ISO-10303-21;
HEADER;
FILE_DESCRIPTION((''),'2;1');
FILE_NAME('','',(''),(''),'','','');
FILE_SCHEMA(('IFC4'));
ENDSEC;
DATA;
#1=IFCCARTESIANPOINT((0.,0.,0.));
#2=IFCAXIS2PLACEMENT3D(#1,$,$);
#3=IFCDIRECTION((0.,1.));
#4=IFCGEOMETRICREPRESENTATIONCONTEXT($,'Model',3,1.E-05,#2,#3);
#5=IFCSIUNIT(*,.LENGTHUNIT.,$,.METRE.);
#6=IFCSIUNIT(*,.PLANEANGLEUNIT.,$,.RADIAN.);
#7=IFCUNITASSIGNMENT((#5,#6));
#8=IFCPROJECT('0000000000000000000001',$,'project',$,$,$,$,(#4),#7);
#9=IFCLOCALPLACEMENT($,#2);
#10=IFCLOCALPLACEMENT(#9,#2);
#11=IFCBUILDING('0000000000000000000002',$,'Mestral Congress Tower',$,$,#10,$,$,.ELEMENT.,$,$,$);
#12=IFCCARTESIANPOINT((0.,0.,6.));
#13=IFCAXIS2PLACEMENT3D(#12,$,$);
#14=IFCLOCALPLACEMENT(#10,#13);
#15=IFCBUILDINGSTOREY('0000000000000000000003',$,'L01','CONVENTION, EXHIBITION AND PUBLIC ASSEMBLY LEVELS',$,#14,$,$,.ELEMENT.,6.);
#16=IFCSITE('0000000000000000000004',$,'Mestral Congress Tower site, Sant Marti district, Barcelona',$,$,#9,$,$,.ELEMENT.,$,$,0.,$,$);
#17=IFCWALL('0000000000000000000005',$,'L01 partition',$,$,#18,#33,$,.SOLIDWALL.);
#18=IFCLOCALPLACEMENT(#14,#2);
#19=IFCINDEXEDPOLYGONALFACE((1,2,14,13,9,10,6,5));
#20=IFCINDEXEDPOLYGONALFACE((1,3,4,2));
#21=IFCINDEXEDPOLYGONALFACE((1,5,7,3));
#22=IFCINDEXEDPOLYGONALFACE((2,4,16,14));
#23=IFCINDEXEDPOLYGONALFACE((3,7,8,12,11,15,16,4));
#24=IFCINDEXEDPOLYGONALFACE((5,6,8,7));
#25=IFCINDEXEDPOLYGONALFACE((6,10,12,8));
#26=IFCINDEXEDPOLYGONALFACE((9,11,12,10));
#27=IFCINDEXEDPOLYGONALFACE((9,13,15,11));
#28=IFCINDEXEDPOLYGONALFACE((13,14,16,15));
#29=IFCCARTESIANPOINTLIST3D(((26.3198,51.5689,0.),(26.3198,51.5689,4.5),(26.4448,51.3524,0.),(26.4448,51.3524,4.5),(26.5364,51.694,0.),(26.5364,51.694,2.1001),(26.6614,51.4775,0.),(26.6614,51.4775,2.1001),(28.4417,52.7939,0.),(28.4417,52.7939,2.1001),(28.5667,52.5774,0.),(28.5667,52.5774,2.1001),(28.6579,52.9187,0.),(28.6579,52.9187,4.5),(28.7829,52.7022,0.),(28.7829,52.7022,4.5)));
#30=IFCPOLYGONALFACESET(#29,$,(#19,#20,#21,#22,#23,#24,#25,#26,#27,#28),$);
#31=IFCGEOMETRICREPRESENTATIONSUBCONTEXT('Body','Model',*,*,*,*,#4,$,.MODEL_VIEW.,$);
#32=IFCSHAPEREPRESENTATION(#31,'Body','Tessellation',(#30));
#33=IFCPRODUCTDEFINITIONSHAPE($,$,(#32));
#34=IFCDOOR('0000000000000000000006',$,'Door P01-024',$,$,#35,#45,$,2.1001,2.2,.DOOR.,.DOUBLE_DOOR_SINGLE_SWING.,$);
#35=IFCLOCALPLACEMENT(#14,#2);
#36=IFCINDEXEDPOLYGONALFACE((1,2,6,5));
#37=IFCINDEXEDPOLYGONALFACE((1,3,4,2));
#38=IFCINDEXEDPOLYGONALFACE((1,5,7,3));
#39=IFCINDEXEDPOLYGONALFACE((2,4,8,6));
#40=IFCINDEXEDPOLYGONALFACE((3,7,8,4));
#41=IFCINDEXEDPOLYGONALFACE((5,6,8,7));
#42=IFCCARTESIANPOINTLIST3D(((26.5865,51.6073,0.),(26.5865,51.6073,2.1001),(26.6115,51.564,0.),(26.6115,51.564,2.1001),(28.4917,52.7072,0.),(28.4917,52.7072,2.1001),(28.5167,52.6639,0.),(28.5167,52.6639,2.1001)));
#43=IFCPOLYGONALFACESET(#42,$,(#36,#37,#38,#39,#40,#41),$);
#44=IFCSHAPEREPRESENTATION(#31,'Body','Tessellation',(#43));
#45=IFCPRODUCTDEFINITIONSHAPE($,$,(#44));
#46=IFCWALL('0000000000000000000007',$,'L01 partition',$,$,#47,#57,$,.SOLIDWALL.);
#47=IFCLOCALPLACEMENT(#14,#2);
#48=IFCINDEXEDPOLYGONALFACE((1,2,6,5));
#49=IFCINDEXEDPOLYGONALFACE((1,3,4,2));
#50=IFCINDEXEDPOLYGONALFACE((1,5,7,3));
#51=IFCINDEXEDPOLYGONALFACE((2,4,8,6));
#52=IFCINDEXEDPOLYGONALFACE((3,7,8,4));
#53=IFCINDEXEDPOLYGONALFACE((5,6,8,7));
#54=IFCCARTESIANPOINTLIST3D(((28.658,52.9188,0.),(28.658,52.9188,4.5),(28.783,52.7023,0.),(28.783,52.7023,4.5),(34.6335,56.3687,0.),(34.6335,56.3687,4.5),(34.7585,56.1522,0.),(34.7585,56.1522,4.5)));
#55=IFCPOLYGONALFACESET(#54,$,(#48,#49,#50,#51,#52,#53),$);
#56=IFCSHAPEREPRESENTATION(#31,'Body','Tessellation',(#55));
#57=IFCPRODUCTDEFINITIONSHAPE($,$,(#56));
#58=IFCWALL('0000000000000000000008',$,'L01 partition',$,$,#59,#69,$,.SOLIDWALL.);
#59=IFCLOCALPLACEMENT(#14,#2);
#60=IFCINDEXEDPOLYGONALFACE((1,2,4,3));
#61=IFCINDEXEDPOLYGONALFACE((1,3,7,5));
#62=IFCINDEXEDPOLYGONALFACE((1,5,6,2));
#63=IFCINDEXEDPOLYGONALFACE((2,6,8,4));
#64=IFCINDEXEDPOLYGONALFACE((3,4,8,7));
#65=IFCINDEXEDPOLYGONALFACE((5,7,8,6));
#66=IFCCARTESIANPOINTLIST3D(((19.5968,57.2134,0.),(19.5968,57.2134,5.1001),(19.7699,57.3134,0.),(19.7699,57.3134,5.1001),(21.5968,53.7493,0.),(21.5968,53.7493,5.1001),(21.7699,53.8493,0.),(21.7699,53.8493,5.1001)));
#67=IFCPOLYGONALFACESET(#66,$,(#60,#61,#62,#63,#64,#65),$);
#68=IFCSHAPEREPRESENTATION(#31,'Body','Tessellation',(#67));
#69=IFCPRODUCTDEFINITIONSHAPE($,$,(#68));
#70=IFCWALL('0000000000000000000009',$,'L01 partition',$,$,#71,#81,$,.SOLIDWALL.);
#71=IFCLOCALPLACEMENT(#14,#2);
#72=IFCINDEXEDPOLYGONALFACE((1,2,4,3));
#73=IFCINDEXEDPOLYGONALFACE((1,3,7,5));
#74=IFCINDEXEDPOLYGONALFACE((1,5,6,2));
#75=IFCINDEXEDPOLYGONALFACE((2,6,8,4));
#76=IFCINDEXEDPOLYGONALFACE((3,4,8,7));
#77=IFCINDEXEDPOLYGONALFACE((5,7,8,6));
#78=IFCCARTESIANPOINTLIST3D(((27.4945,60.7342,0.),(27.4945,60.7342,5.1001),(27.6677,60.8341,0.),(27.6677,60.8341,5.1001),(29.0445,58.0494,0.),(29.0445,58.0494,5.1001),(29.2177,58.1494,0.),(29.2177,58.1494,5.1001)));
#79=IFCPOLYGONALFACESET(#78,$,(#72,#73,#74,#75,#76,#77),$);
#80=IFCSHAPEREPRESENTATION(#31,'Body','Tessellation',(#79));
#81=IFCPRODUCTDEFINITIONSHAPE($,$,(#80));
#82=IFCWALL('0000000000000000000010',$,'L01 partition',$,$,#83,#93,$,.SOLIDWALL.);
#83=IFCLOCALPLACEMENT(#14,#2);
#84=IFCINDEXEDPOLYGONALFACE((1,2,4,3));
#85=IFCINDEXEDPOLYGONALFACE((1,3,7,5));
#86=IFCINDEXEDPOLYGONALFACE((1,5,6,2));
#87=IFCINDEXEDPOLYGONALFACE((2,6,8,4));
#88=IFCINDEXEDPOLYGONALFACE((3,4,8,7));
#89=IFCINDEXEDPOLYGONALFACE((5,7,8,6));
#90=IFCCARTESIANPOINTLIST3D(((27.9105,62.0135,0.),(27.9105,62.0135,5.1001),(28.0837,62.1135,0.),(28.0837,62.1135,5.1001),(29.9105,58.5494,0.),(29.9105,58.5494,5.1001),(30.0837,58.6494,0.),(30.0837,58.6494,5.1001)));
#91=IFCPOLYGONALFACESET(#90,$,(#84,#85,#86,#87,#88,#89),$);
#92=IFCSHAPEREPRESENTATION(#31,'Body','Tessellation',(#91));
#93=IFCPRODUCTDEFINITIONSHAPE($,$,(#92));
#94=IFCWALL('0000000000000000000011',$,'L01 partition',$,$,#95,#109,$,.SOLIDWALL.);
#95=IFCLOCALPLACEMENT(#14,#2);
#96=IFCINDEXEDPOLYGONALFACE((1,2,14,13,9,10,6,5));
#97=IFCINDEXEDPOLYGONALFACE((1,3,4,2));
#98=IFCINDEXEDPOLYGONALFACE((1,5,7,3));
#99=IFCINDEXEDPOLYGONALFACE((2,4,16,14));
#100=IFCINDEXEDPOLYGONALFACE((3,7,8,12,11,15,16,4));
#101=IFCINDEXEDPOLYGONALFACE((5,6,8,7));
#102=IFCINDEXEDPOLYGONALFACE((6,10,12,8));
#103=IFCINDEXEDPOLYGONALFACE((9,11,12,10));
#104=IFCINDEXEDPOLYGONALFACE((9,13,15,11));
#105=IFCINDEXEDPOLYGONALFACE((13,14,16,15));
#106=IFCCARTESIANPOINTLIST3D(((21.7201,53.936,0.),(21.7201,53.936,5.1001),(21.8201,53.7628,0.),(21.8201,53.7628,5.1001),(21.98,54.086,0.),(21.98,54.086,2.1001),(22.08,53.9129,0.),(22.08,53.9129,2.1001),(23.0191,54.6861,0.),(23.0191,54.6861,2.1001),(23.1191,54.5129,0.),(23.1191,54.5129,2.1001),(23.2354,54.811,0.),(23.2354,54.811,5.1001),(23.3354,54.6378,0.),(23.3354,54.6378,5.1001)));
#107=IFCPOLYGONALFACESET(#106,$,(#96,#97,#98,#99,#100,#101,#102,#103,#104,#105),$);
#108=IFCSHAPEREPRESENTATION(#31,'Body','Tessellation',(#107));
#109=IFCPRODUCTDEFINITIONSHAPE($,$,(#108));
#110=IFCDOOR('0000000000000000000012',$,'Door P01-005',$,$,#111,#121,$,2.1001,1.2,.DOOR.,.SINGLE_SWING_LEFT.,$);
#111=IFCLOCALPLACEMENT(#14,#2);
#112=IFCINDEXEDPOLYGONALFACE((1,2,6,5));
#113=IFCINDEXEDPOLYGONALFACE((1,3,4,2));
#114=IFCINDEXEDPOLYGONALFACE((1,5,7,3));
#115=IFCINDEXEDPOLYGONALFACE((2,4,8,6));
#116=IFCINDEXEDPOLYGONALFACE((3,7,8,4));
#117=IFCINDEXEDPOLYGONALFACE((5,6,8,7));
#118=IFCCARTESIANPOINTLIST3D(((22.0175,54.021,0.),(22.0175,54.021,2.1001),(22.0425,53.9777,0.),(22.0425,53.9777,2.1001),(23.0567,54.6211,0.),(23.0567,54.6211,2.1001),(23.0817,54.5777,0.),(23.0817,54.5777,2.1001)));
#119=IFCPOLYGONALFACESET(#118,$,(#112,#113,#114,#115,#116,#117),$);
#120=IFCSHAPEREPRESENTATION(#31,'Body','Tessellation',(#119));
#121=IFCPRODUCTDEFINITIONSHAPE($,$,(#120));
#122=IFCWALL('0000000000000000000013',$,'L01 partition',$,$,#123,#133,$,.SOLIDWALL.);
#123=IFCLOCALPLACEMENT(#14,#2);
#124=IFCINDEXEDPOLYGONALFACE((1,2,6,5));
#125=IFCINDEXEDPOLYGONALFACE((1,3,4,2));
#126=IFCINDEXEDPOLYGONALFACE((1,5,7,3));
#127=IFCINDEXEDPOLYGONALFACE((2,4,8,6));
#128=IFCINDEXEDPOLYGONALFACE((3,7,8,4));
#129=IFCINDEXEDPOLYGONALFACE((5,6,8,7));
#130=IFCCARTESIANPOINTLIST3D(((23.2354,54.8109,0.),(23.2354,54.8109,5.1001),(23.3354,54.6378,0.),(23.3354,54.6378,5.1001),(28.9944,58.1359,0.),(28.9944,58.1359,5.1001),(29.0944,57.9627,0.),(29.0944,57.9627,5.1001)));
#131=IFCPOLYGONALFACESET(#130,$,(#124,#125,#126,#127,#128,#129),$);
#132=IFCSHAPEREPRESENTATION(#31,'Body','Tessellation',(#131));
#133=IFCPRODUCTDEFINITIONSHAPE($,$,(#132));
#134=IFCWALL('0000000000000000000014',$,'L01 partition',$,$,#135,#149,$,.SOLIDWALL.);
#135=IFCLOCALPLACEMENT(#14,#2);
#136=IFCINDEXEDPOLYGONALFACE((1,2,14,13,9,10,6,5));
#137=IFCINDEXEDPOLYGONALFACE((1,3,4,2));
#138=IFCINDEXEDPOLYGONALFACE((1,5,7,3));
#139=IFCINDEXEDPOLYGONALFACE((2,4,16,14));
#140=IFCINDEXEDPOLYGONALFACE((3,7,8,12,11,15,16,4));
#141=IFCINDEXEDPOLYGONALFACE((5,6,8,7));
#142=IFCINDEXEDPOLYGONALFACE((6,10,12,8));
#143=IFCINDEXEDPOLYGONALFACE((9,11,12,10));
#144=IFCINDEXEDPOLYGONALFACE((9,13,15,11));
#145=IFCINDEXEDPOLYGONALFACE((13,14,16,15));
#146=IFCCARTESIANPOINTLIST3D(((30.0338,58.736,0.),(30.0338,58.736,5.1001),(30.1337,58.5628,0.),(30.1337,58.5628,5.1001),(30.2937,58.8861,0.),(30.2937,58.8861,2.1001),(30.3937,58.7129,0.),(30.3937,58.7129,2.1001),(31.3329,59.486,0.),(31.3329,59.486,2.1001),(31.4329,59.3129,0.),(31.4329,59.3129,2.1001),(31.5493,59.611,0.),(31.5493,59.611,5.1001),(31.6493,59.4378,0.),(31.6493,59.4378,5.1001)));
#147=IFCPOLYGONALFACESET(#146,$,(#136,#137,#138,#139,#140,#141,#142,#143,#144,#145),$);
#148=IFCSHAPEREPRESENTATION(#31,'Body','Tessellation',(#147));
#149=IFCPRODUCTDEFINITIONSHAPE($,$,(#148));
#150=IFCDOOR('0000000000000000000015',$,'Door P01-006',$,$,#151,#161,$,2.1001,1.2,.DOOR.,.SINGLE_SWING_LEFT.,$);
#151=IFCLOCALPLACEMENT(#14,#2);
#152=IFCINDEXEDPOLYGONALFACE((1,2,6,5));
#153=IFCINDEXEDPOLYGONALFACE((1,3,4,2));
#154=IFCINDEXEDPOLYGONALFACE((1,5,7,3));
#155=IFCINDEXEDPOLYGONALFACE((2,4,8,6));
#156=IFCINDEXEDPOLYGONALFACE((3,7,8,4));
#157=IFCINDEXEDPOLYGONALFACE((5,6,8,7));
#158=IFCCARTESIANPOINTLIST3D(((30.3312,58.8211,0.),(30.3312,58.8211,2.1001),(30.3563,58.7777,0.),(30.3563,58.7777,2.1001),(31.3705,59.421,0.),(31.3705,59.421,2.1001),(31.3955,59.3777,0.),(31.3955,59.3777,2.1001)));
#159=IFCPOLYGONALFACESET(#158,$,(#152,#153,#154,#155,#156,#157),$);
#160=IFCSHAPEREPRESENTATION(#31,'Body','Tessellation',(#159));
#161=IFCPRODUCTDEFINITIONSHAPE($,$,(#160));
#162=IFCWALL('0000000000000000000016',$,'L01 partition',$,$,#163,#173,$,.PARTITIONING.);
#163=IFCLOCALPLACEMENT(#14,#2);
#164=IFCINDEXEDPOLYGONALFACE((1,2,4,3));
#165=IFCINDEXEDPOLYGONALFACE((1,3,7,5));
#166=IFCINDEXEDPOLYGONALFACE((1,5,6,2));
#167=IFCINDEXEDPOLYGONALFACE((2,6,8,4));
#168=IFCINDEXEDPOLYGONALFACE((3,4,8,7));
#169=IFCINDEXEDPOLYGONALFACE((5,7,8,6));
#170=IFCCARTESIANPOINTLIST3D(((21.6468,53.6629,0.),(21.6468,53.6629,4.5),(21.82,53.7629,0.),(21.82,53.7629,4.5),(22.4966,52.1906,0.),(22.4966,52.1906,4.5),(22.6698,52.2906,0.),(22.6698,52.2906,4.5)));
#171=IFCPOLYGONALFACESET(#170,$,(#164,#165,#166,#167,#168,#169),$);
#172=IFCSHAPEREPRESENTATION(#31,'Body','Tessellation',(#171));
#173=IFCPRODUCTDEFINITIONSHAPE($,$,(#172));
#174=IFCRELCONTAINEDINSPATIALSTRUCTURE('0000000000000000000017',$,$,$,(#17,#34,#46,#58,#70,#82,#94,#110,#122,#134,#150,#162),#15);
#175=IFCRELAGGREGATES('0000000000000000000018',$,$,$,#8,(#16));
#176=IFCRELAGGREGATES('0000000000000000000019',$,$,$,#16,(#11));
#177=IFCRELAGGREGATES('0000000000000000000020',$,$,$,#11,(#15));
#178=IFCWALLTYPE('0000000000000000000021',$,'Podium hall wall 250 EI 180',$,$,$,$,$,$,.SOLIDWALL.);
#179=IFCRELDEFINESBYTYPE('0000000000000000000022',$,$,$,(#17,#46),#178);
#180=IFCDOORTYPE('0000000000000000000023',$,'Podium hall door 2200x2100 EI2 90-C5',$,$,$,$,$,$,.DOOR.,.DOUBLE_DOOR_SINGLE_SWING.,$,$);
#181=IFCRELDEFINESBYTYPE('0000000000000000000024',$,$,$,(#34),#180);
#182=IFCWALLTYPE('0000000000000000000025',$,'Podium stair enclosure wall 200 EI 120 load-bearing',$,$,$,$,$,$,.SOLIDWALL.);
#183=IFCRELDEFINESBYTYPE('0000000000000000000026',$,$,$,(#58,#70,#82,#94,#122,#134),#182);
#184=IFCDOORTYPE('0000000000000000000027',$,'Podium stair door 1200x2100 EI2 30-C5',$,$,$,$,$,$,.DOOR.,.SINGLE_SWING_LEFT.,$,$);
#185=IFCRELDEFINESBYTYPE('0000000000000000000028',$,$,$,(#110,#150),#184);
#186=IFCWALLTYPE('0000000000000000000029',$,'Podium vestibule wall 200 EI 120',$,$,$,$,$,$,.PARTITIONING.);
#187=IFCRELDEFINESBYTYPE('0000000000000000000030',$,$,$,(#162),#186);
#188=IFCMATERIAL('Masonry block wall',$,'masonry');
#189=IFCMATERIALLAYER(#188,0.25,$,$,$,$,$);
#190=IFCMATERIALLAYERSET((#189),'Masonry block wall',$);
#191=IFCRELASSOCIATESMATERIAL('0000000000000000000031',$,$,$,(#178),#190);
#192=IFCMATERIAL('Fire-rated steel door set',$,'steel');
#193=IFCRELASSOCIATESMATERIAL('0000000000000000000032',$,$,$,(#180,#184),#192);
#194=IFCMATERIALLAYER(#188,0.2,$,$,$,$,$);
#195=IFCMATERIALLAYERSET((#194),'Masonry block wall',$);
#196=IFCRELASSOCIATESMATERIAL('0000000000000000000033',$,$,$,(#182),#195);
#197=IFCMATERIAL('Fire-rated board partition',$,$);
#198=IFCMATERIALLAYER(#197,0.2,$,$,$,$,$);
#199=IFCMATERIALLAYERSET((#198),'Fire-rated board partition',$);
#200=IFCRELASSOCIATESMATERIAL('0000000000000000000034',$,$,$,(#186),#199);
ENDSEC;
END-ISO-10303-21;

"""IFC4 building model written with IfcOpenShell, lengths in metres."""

from ifc_helpers import new_model, si_unit, direction, frame, frame_2d, origin, place, context, subcontext, project, spatial, rectangle, extrude, material, layer, layer_set, type_object, element, fill, save


model = new_model("IFC4")

# Units and contexts
model_context = context("Model", 3, precision=1e-05, world=origin(), true_north=direction((0.0, 1.0)))
body_context = subcontext(model_context, "Body", "Model", "MODEL_VIEW")
ifc_project = project(units=[si_unit("LENGTHUNIT", "METRE"), si_unit("PLANEANGLEUNIT", "RADIAN")], contexts=[model_context])

# Site, building, storey
site_placement = place(None, origin())
site = spatial("IfcSite", under=ifc_project, at=site_placement, Name="Mestral Congress Tower site, Sant Marti district, Barcelona", CompositionType="ELEMENT", RefElevation=0.0)
building_placement = place(site_placement, origin())
building = spatial("IfcBuilding", under=site, at=building_placement, Name="Mestral Congress Tower", CompositionType="ELEMENT")
storey_placement = place(building_placement, frame((0.0, 0.0, 6.0)))
storey = spatial("IfcBuildingStorey", under=building, at=storey_placement, Name="L01", Description="CONVENTION, EXHIBITION AND PUBLIC ASSEMBLY LEVELS", CompositionType="ELEMENT", Elevation=6.0)

# Wall, opening, door
ifc_material_1 = material(Name="Masonry block wall", Category="masonry")
ifc_layer_1 = layer(ifc_material_1, 0.25)
ifc_layer_set_1 = layer_set([ifc_layer_1], Name="Masonry block wall")
wall_type_1 = type_object("IfcWallType", Name="Podium hall wall 250 EI 180", PredefinedType="SOLIDWALL", material=ifc_layer_set_1)
wall_1_placement = place(storey_placement, frame((26.3823, 51.4607, 0.0), z_axis=(0.0, 0.0, 1.0), x_axis=(0.866037, 0.499981, 0.0)))
wall_1 = element("IfcWall", 1, at=wall_1_placement, inside=storey, type_object=wall_type_1, Name="L01 partition", PredefinedType="SOLIDWALL", context=body_context, shape_type="SweptSolid", body=[
    extrude(rectangle(XDim=2.6997, YDim=0.25, at=frame_2d((1.3499, 0.0))), origin(), (0.0, 0.0, 1.0), 4.5),
])
opening_1_placement = place(wall_1_placement, frame((0.25, 0.0, 0.0)))
opening_1 = element("IfcOpeningElement", 2, at=opening_1_placement, cuts=wall_1, PredefinedType="OPENING", context=body_context, shape_type="SweptSolid", body=[
    extrude(rectangle(XDim=2.2, YDim=2.1001, at=frame_2d((1.1001, 1.05))), frame((0.0, 0.135, 0.0), z_axis=(0.0, -1.0, 0.0), x_axis=(1.0, 0.0, 0.0)), (0.0, 0.0, 1.0), 0.27),
])
ifc_material_2 = material(Name="Fire-rated steel door set", Category="steel")
door_type_1 = type_object("IfcDoorType", Name="Podium hall door 2200x2100 EI2 90-C5", OperationType="DOUBLE_DOOR_SINGLE_SWING", PredefinedType="DOOR", material=ifc_material_2)
door_1_placement = place(opening_1_placement, origin())
door_1 = element("IfcDoor", 3, at=door_1_placement, inside=storey, type_object=door_type_1, Name="Door P01-024", OperationType="DOUBLE_DOOR_SINGLE_SWING", OverallHeight=2.1001, OverallWidth=2.2, PredefinedType="DOOR", context=body_context, shape_type="SweptSolid", body=[
    extrude(rectangle(XDim=2.2, YDim=2.1001, at=frame_2d((1.1001, 1.05))), frame((0.0, 0.0249, 0.0), z_axis=(0.0, -1.0, 0.0), x_axis=(1.0, 0.0, 0.0)), (0.0, 0.0, 1.0), 0.05),
])
fill(opening_1, door_1)

# Walls
wall_2_placement = place(storey_placement, frame((28.7205, 52.8105, 0.0), z_axis=(0.0, 0.0, 1.0), x_axis=(0.866029, 0.499994, 0.0)))
element("IfcWall", 4, at=wall_2_placement, inside=storey, type_object=wall_type_1, Name="L01 partition", PredefinedType="SOLIDWALL", context=body_context, shape_type="SweptSolid", body=[
    extrude(rectangle(XDim=6.8999, YDim=0.25, at=frame_2d((3.45, 0.0))), origin(), (0.0, 0.0, 1.0), 4.5),
])
ifc_layer_2 = layer(ifc_material_1, 0.2)
ifc_layer_set_2 = layer_set([ifc_layer_2], Name="Masonry block wall")
wall_type_2 = type_object("IfcWallType", Name="Podium stair enclosure wall 200 EI 120 load-bearing", PredefinedType="SOLIDWALL", material=ifc_layer_set_2)
wall_3_placement = place(storey_placement, frame((21.6833, 53.7993, 0.0), z_axis=(0.0, 0.0, 1.0), x_axis=(-0.499999, 0.866026, 0.0)))
element("IfcWall", 5, at=wall_3_placement, inside=storey, type_object=wall_type_2, Name="L01 partition", PredefinedType="SOLIDWALL", context=body_context, shape_type="SweptSolid", body=[
    extrude(rectangle(XDim=4.0, YDim=0.2, at=frame_2d((2.0, 0.0))), origin(), (0.0, 0.0, 1.0), 5.1001),
])
wall_4_placement = place(storey_placement, frame((29.1311, 58.0994, 0.0), z_axis=(0.0, 0.0, 1.0), x_axis=(-0.499993, 0.86603, 0.0)))
element("IfcWall", 6, at=wall_4_placement, inside=storey, type_object=wall_type_2, Name="L01 partition", PredefinedType="SOLIDWALL", context=body_context, shape_type="SweptSolid", body=[
    extrude(rectangle(XDim=3.1001, YDim=0.2, at=frame_2d((1.55, 0.0))), origin(), (0.0, 0.0, 1.0), 5.1001),
])
wall_5_placement = place(storey_placement, frame((29.9971, 58.5994, 0.0), z_axis=(0.0, 0.0, 1.0), x_axis=(-0.499999, 0.866026, 0.0)))
element("IfcWall", 7, at=wall_5_placement, inside=storey, type_object=wall_type_2, Name="L01 partition", PredefinedType="SOLIDWALL", context=body_context, shape_type="SweptSolid", body=[
    extrude(rectangle(XDim=4.0, YDim=0.2, at=frame_2d((2.0, 0.0))), origin(), (0.0, 0.0, 1.0), 5.1001),
])

# Wall, opening, door
wall_6_placement = place(storey_placement, frame((21.77, 53.8494, 0.0), z_axis=(0.0, 0.0, 1.0), x_axis=(0.866002, 0.50004, 0.0)))
wall_6 = element("IfcWall", 8, at=wall_6_placement, inside=storey, type_object=wall_type_2, Name="L01 partition", PredefinedType="SOLIDWALL", context=body_context, shape_type="SweptSolid", body=[
    extrude(rectangle(XDim=1.7498, YDim=0.2, at=frame_2d((0.875, 0.0))), origin(), (0.0, 0.0, 1.0), 5.1001),
])
opening_2_placement = place(wall_6_placement, frame((0.3, 0.0, 0.0)))
opening_2 = element("IfcOpeningElement", 9, at=opening_2_placement, cuts=wall_6, PredefinedType="OPENING", context=body_context, shape_type="SweptSolid", body=[
    extrude(rectangle(XDim=1.2, YDim=2.1001, at=frame_2d((0.6001, 1.05))), frame((0.0, 0.1099, 0.0), z_axis=(0.0, -1.0, 0.0), x_axis=(1.0, 0.0, 0.0)), (0.0, 0.0, 1.0), 0.22),
])
door_type_2 = type_object("IfcDoorType", Name="Podium stair door 1200x2100 EI2 30-C5", OperationType="SINGLE_SWING_LEFT", PredefinedType="DOOR", material=ifc_material_2)
door_2_placement = place(opening_2_placement, origin())
door_2 = element("IfcDoor", 10, at=door_2_placement, inside=storey, type_object=door_type_2, Name="Door P01-005", OperationType="SINGLE_SWING_LEFT", OverallHeight=2.1001, OverallWidth=1.2, PredefinedType="DOOR", context=body_context, shape_type="SweptSolid", body=[
    extrude(rectangle(XDim=1.2, YDim=2.1001, at=frame_2d((0.6001, 1.05))), frame((0.0, 0.0249, 0.0), z_axis=(0.0, -1.0, 0.0), x_axis=(1.0, 0.0, 0.0)), (0.0, 0.0, 1.0), 0.05),
])
fill(opening_2, door_2)

# Wall
wall_7_placement = place(storey_placement, frame((23.2854, 54.7244, 0.0), z_axis=(0.0, 0.0, 1.0), x_axis=(0.866027, 0.499997, 0.0)))
element("IfcWall", 11, at=wall_7_placement, inside=storey, type_object=wall_type_2, Name="L01 partition", PredefinedType="SOLIDWALL", context=body_context, shape_type="SweptSolid", body=[
    extrude(rectangle(XDim=6.6499, YDim=0.2, at=frame_2d((3.325, 0.0))), origin(), (0.0, 0.0, 1.0), 5.1001),
])

# Wall, opening, door
wall_8_placement = place(storey_placement, frame((30.0837, 58.6494, 0.0), z_axis=(0.0, 0.0, 1.0), x_axis=(0.866037, 0.49998, 0.0)))
wall_8 = element("IfcWall", 12, at=wall_8_placement, inside=storey, type_object=wall_type_2, Name="L01 partition", PredefinedType="SOLIDWALL", context=body_context, shape_type="SweptSolid", body=[
    extrude(rectangle(XDim=1.75, YDim=0.2, at=frame_2d((0.875, 0.0))), origin(), (0.0, 0.0, 1.0), 5.1001),
])
opening_3_placement = place(wall_8_placement, frame((0.3, 0.0, 0.0)))
opening_3 = element("IfcOpeningElement", 13, at=opening_3_placement, cuts=wall_8, PredefinedType="OPENING", context=body_context, shape_type="SweptSolid", body=[
    extrude(rectangle(XDim=1.2, YDim=2.1001, at=frame_2d((0.6001, 1.05))), frame((0.0, 0.1099, 0.0), z_axis=(0.0, -1.0, 0.0), x_axis=(1.0, 0.0, 0.0)), (0.0, 0.0, 1.0), 0.22),
])
door_3_placement = place(opening_3_placement, origin())
door_3 = element("IfcDoor", 14, at=door_3_placement, inside=storey, type_object=door_type_2, Name="Door P01-006", OperationType="SINGLE_SWING_LEFT", OverallHeight=2.1001, OverallWidth=1.2, PredefinedType="DOOR", context=body_context, shape_type="SweptSolid", body=[
    extrude(rectangle(XDim=1.2, YDim=2.1001, at=frame_2d((0.6001, 1.05))), frame((0.0, 0.0249, 0.0), z_axis=(0.0, -1.0, 0.0), x_axis=(1.0, 0.0, 0.0)), (0.0, 0.0, 1.0), 0.05),
])
fill(opening_3, door_3)

# Wall
ifc_material_3 = material(Name="Fire-rated board partition")
ifc_layer_3 = layer(ifc_material_3, 0.2)
ifc_layer_set_3 = layer_set([ifc_layer_3], Name="Fire-rated board partition")
wall_type_3 = type_object("IfcWallType", Name="Podium vestibule wall 200 EI 120", PredefinedType="PARTITIONING", material=ifc_layer_set_3)
wall_9_placement = place(storey_placement, frame((22.5833, 52.2405, 0.0), z_axis=(0.0, 0.0, 1.0), x_axis=(-0.499892, 0.866088, 0.0)))
element("IfcWall", 15, at=wall_9_placement, inside=storey, type_object=wall_type_3, Name="L01 partition", PredefinedType="PARTITIONING", context=body_context, shape_type="SweptSolid", body=[
    extrude(rectangle(XDim=1.7, YDim=0.2, at=frame_2d((0.8501, 0.0))), origin(), (0.0, 0.0, 1.0), 4.5),
])

save(model, "model.ifc")
